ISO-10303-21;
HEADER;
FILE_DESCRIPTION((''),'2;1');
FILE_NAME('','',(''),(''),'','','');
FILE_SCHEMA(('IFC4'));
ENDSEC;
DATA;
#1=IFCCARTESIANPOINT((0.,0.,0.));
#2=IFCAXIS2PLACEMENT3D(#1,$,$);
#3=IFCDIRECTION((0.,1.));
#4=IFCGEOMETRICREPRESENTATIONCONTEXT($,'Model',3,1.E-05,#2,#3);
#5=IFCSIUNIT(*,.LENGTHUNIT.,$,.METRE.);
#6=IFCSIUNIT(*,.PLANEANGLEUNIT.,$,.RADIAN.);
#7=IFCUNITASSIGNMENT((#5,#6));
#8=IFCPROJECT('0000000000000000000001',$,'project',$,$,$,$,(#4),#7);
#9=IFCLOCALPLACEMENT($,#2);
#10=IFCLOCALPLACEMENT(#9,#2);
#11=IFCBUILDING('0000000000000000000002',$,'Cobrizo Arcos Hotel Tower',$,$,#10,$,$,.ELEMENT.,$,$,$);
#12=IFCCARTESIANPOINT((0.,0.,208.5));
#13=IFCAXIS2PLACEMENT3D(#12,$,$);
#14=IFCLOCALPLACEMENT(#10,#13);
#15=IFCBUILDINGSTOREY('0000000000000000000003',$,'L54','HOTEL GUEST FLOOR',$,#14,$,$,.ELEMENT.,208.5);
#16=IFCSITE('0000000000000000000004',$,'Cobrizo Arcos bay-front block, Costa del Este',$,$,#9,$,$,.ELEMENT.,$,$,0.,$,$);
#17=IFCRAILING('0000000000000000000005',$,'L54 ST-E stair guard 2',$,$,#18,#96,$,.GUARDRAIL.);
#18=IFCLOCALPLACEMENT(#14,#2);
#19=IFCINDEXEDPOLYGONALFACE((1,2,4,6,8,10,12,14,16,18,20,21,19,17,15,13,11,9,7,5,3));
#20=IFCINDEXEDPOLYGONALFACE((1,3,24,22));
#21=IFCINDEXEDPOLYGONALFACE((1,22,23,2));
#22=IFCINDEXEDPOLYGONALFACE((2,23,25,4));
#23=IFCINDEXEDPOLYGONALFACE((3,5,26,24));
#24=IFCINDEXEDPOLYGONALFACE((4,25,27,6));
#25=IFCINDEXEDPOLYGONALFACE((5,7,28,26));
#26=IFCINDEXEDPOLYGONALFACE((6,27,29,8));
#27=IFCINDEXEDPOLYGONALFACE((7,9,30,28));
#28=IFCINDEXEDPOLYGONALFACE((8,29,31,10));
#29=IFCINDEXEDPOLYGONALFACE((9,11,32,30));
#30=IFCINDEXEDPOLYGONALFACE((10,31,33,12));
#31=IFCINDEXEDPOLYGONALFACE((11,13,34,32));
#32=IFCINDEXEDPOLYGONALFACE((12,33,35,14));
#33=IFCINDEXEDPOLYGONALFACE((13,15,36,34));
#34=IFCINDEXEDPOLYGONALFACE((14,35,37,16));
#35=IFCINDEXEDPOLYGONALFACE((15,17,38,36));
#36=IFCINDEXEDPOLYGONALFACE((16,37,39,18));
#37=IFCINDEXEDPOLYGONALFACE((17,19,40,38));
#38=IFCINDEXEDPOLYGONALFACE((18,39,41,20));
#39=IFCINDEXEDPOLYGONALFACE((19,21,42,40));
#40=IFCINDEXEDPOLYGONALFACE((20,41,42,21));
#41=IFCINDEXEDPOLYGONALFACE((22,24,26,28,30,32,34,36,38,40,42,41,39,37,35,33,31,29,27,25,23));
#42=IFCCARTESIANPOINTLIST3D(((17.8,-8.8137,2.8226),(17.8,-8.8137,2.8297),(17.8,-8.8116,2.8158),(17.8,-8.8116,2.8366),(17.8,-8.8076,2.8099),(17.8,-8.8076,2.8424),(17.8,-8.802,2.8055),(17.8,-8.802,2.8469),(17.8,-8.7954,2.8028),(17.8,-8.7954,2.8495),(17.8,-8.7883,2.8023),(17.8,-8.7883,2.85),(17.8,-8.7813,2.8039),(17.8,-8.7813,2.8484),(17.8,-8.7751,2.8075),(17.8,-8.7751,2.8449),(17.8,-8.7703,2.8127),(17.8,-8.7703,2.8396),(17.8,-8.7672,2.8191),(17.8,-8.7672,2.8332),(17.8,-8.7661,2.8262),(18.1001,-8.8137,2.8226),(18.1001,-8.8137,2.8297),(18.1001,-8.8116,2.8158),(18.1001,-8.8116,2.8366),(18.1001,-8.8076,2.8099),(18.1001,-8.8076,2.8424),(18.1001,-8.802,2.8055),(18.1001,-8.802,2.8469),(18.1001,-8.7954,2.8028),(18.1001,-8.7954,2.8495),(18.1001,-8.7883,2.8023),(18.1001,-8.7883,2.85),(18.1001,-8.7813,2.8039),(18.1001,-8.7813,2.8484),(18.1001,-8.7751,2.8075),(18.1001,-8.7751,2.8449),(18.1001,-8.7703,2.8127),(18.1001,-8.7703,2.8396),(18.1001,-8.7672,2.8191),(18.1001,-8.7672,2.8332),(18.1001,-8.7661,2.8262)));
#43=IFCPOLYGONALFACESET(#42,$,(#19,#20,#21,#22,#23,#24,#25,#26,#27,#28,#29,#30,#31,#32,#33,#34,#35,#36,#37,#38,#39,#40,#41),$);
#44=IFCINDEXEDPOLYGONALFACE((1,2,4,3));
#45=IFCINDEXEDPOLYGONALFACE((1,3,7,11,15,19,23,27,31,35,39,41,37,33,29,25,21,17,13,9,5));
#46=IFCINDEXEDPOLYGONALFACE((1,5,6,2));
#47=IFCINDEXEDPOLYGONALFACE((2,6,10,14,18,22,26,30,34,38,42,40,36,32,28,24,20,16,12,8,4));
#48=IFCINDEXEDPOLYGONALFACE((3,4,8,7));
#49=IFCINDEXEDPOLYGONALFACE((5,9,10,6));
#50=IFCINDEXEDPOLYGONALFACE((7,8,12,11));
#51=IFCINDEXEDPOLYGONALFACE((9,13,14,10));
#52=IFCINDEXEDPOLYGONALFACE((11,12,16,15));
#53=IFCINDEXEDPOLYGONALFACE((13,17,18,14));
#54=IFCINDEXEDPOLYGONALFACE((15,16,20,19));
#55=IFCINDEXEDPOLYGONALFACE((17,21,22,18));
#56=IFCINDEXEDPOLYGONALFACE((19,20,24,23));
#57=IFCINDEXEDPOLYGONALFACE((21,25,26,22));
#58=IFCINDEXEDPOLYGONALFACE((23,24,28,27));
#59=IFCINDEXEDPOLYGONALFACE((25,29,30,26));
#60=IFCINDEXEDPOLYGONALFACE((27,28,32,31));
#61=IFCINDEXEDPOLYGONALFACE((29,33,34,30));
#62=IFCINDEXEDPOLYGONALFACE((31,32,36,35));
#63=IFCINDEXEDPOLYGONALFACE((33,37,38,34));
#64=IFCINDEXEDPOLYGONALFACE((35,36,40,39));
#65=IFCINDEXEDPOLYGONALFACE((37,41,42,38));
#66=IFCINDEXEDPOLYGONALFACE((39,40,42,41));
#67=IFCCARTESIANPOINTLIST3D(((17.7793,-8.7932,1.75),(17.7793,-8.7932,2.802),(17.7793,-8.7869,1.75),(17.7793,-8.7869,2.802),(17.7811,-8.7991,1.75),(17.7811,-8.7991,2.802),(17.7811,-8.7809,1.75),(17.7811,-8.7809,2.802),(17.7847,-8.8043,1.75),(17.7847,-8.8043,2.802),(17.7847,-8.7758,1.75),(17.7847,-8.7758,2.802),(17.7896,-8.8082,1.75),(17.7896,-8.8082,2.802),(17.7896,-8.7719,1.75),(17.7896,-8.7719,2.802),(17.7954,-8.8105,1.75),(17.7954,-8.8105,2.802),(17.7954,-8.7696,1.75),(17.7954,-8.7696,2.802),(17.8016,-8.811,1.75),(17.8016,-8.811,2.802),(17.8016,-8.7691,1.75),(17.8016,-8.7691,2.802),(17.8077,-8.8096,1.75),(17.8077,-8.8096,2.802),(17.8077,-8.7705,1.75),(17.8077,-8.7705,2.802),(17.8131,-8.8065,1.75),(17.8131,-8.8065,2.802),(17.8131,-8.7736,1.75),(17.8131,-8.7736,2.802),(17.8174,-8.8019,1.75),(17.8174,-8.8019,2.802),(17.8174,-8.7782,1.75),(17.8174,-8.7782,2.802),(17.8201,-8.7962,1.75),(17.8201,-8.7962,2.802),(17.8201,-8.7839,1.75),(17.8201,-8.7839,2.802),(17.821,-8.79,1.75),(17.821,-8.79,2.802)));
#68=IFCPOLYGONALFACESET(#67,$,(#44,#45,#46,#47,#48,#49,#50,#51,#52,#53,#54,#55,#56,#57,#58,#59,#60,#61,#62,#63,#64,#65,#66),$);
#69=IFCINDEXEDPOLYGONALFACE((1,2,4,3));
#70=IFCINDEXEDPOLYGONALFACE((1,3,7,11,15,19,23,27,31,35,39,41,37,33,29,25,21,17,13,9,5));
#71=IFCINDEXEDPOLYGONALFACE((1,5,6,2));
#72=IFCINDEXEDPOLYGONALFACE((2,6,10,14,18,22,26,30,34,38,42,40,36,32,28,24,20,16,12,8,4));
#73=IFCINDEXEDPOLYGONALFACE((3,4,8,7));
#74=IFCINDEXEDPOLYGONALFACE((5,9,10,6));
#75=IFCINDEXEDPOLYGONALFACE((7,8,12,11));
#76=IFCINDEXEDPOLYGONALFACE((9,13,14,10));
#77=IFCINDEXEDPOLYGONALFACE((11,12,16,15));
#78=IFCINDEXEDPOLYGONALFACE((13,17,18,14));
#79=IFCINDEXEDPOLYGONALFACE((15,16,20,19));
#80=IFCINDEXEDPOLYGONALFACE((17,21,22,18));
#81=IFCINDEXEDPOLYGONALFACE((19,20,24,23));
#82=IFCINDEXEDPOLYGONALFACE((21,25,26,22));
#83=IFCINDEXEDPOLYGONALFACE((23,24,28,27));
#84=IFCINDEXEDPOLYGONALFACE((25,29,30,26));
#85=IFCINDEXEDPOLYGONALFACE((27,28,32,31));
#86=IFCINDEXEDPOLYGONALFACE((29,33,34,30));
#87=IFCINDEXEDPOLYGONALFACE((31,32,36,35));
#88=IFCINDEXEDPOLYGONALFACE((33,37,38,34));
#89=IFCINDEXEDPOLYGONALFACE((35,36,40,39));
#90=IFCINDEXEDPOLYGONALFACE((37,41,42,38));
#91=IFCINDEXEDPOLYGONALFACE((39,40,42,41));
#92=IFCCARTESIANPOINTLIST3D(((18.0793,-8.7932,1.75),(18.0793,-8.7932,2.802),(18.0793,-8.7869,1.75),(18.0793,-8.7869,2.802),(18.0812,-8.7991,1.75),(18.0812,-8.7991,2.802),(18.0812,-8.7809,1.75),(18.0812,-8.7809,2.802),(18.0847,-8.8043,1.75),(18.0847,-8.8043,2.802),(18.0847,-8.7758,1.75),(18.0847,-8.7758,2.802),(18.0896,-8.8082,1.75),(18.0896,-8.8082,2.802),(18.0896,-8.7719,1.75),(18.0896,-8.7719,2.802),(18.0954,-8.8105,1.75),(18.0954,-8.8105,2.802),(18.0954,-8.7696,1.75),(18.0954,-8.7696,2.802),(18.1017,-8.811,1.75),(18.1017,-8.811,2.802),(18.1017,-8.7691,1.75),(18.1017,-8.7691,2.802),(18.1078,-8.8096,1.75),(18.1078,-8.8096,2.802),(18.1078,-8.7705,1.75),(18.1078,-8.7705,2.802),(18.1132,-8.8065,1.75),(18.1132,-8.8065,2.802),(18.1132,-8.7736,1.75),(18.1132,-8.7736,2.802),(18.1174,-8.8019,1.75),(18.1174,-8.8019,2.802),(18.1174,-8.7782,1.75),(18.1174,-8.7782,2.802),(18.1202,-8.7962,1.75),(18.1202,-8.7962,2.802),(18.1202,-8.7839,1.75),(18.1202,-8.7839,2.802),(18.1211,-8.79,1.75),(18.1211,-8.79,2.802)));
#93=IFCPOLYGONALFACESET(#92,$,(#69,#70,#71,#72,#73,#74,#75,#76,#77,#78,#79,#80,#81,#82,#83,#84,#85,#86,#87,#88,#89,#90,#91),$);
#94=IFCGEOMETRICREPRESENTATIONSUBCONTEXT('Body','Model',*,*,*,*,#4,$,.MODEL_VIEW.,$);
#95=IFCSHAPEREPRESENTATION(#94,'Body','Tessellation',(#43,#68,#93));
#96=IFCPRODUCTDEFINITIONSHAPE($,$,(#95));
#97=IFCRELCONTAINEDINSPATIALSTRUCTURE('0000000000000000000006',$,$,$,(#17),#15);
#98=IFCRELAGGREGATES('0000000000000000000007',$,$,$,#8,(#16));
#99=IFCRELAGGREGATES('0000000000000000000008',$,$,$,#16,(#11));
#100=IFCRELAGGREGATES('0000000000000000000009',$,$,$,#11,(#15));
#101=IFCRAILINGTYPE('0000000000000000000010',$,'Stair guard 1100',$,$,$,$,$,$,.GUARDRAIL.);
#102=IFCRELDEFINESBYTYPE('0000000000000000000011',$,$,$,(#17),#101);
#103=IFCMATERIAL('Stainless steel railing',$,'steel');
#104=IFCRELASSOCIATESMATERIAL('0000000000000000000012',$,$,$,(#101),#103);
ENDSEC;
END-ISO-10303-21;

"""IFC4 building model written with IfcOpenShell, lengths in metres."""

from ifc_helpers import new_model, si_unit, direction, frame, origin, origin_2d, place, context, subcontext, project, spatial, circle, extrude, material, type_object, element, save


model = new_model("IFC4")

# Units and contexts
model_context = context("Model", 3, precision=1e-05, world=origin(), true_north=direction((0.0, 1.0)))
body_context = subcontext(model_context, "Body", "Model", "MODEL_VIEW")
ifc_project = project(units=[si_unit("LENGTHUNIT", "METRE"), si_unit("PLANEANGLEUNIT", "RADIAN")], contexts=[model_context])

# Site, building, storey
site_placement = place(None, origin())
site = spatial("IfcSite", under=ifc_project, at=site_placement, Name="Cobrizo Arcos bay-front block, Costa del Este", CompositionType="ELEMENT", RefElevation=0.0)
building_placement = place(site_placement, origin())
building = spatial("IfcBuilding", under=site, at=building_placement, Name="Cobrizo Arcos Hotel Tower", CompositionType="ELEMENT")
storey_placement = place(building_placement, frame((0.0, 0.0, 208.5)))
storey = spatial("IfcBuildingStorey", under=building, at=storey_placement, Name="L54", Description="HOTEL GUEST FLOOR", CompositionType="ELEMENT", Elevation=208.5)

# Railing
ifc_material_1 = material(Name="Stainless steel railing", Category="steel")
railing_type_1 = type_object("IfcRailingType", Name="Stair guard 1100", PredefinedType="GUARDRAIL", material=ifc_material_1)
railing_1_placement = place(storey_placement, frame((17.8, -8.79, 1.75)))
element("IfcRailing", 1, at=railing_1_placement, inside=storey, type_object=railing_type_1, Name="L54 ST-E stair guard 2", PredefinedType="GUARDRAIL", context=body_context, shape_type="SweptSolid", body=[
    extrude(circle(Radius=0.0239, at=origin_2d()), frame((0.0, 0.0, 1.0762), z_axis=(1.0, 0.0, 0.0), x_axis=(0.0, 1.0, 0.0)), (0.0, 0.0, 1.0), 0.3),
    extrude(circle(Radius=0.021, at=origin_2d()), origin(), (0.0, 0.0, 1.0), 1.052),
    extrude(circle(Radius=0.021, at=origin_2d()), frame((0.3, 0.0, 0.0)), (0.0, 0.0, 1.0), 1.052),
])

save(model, "model.ifc")
